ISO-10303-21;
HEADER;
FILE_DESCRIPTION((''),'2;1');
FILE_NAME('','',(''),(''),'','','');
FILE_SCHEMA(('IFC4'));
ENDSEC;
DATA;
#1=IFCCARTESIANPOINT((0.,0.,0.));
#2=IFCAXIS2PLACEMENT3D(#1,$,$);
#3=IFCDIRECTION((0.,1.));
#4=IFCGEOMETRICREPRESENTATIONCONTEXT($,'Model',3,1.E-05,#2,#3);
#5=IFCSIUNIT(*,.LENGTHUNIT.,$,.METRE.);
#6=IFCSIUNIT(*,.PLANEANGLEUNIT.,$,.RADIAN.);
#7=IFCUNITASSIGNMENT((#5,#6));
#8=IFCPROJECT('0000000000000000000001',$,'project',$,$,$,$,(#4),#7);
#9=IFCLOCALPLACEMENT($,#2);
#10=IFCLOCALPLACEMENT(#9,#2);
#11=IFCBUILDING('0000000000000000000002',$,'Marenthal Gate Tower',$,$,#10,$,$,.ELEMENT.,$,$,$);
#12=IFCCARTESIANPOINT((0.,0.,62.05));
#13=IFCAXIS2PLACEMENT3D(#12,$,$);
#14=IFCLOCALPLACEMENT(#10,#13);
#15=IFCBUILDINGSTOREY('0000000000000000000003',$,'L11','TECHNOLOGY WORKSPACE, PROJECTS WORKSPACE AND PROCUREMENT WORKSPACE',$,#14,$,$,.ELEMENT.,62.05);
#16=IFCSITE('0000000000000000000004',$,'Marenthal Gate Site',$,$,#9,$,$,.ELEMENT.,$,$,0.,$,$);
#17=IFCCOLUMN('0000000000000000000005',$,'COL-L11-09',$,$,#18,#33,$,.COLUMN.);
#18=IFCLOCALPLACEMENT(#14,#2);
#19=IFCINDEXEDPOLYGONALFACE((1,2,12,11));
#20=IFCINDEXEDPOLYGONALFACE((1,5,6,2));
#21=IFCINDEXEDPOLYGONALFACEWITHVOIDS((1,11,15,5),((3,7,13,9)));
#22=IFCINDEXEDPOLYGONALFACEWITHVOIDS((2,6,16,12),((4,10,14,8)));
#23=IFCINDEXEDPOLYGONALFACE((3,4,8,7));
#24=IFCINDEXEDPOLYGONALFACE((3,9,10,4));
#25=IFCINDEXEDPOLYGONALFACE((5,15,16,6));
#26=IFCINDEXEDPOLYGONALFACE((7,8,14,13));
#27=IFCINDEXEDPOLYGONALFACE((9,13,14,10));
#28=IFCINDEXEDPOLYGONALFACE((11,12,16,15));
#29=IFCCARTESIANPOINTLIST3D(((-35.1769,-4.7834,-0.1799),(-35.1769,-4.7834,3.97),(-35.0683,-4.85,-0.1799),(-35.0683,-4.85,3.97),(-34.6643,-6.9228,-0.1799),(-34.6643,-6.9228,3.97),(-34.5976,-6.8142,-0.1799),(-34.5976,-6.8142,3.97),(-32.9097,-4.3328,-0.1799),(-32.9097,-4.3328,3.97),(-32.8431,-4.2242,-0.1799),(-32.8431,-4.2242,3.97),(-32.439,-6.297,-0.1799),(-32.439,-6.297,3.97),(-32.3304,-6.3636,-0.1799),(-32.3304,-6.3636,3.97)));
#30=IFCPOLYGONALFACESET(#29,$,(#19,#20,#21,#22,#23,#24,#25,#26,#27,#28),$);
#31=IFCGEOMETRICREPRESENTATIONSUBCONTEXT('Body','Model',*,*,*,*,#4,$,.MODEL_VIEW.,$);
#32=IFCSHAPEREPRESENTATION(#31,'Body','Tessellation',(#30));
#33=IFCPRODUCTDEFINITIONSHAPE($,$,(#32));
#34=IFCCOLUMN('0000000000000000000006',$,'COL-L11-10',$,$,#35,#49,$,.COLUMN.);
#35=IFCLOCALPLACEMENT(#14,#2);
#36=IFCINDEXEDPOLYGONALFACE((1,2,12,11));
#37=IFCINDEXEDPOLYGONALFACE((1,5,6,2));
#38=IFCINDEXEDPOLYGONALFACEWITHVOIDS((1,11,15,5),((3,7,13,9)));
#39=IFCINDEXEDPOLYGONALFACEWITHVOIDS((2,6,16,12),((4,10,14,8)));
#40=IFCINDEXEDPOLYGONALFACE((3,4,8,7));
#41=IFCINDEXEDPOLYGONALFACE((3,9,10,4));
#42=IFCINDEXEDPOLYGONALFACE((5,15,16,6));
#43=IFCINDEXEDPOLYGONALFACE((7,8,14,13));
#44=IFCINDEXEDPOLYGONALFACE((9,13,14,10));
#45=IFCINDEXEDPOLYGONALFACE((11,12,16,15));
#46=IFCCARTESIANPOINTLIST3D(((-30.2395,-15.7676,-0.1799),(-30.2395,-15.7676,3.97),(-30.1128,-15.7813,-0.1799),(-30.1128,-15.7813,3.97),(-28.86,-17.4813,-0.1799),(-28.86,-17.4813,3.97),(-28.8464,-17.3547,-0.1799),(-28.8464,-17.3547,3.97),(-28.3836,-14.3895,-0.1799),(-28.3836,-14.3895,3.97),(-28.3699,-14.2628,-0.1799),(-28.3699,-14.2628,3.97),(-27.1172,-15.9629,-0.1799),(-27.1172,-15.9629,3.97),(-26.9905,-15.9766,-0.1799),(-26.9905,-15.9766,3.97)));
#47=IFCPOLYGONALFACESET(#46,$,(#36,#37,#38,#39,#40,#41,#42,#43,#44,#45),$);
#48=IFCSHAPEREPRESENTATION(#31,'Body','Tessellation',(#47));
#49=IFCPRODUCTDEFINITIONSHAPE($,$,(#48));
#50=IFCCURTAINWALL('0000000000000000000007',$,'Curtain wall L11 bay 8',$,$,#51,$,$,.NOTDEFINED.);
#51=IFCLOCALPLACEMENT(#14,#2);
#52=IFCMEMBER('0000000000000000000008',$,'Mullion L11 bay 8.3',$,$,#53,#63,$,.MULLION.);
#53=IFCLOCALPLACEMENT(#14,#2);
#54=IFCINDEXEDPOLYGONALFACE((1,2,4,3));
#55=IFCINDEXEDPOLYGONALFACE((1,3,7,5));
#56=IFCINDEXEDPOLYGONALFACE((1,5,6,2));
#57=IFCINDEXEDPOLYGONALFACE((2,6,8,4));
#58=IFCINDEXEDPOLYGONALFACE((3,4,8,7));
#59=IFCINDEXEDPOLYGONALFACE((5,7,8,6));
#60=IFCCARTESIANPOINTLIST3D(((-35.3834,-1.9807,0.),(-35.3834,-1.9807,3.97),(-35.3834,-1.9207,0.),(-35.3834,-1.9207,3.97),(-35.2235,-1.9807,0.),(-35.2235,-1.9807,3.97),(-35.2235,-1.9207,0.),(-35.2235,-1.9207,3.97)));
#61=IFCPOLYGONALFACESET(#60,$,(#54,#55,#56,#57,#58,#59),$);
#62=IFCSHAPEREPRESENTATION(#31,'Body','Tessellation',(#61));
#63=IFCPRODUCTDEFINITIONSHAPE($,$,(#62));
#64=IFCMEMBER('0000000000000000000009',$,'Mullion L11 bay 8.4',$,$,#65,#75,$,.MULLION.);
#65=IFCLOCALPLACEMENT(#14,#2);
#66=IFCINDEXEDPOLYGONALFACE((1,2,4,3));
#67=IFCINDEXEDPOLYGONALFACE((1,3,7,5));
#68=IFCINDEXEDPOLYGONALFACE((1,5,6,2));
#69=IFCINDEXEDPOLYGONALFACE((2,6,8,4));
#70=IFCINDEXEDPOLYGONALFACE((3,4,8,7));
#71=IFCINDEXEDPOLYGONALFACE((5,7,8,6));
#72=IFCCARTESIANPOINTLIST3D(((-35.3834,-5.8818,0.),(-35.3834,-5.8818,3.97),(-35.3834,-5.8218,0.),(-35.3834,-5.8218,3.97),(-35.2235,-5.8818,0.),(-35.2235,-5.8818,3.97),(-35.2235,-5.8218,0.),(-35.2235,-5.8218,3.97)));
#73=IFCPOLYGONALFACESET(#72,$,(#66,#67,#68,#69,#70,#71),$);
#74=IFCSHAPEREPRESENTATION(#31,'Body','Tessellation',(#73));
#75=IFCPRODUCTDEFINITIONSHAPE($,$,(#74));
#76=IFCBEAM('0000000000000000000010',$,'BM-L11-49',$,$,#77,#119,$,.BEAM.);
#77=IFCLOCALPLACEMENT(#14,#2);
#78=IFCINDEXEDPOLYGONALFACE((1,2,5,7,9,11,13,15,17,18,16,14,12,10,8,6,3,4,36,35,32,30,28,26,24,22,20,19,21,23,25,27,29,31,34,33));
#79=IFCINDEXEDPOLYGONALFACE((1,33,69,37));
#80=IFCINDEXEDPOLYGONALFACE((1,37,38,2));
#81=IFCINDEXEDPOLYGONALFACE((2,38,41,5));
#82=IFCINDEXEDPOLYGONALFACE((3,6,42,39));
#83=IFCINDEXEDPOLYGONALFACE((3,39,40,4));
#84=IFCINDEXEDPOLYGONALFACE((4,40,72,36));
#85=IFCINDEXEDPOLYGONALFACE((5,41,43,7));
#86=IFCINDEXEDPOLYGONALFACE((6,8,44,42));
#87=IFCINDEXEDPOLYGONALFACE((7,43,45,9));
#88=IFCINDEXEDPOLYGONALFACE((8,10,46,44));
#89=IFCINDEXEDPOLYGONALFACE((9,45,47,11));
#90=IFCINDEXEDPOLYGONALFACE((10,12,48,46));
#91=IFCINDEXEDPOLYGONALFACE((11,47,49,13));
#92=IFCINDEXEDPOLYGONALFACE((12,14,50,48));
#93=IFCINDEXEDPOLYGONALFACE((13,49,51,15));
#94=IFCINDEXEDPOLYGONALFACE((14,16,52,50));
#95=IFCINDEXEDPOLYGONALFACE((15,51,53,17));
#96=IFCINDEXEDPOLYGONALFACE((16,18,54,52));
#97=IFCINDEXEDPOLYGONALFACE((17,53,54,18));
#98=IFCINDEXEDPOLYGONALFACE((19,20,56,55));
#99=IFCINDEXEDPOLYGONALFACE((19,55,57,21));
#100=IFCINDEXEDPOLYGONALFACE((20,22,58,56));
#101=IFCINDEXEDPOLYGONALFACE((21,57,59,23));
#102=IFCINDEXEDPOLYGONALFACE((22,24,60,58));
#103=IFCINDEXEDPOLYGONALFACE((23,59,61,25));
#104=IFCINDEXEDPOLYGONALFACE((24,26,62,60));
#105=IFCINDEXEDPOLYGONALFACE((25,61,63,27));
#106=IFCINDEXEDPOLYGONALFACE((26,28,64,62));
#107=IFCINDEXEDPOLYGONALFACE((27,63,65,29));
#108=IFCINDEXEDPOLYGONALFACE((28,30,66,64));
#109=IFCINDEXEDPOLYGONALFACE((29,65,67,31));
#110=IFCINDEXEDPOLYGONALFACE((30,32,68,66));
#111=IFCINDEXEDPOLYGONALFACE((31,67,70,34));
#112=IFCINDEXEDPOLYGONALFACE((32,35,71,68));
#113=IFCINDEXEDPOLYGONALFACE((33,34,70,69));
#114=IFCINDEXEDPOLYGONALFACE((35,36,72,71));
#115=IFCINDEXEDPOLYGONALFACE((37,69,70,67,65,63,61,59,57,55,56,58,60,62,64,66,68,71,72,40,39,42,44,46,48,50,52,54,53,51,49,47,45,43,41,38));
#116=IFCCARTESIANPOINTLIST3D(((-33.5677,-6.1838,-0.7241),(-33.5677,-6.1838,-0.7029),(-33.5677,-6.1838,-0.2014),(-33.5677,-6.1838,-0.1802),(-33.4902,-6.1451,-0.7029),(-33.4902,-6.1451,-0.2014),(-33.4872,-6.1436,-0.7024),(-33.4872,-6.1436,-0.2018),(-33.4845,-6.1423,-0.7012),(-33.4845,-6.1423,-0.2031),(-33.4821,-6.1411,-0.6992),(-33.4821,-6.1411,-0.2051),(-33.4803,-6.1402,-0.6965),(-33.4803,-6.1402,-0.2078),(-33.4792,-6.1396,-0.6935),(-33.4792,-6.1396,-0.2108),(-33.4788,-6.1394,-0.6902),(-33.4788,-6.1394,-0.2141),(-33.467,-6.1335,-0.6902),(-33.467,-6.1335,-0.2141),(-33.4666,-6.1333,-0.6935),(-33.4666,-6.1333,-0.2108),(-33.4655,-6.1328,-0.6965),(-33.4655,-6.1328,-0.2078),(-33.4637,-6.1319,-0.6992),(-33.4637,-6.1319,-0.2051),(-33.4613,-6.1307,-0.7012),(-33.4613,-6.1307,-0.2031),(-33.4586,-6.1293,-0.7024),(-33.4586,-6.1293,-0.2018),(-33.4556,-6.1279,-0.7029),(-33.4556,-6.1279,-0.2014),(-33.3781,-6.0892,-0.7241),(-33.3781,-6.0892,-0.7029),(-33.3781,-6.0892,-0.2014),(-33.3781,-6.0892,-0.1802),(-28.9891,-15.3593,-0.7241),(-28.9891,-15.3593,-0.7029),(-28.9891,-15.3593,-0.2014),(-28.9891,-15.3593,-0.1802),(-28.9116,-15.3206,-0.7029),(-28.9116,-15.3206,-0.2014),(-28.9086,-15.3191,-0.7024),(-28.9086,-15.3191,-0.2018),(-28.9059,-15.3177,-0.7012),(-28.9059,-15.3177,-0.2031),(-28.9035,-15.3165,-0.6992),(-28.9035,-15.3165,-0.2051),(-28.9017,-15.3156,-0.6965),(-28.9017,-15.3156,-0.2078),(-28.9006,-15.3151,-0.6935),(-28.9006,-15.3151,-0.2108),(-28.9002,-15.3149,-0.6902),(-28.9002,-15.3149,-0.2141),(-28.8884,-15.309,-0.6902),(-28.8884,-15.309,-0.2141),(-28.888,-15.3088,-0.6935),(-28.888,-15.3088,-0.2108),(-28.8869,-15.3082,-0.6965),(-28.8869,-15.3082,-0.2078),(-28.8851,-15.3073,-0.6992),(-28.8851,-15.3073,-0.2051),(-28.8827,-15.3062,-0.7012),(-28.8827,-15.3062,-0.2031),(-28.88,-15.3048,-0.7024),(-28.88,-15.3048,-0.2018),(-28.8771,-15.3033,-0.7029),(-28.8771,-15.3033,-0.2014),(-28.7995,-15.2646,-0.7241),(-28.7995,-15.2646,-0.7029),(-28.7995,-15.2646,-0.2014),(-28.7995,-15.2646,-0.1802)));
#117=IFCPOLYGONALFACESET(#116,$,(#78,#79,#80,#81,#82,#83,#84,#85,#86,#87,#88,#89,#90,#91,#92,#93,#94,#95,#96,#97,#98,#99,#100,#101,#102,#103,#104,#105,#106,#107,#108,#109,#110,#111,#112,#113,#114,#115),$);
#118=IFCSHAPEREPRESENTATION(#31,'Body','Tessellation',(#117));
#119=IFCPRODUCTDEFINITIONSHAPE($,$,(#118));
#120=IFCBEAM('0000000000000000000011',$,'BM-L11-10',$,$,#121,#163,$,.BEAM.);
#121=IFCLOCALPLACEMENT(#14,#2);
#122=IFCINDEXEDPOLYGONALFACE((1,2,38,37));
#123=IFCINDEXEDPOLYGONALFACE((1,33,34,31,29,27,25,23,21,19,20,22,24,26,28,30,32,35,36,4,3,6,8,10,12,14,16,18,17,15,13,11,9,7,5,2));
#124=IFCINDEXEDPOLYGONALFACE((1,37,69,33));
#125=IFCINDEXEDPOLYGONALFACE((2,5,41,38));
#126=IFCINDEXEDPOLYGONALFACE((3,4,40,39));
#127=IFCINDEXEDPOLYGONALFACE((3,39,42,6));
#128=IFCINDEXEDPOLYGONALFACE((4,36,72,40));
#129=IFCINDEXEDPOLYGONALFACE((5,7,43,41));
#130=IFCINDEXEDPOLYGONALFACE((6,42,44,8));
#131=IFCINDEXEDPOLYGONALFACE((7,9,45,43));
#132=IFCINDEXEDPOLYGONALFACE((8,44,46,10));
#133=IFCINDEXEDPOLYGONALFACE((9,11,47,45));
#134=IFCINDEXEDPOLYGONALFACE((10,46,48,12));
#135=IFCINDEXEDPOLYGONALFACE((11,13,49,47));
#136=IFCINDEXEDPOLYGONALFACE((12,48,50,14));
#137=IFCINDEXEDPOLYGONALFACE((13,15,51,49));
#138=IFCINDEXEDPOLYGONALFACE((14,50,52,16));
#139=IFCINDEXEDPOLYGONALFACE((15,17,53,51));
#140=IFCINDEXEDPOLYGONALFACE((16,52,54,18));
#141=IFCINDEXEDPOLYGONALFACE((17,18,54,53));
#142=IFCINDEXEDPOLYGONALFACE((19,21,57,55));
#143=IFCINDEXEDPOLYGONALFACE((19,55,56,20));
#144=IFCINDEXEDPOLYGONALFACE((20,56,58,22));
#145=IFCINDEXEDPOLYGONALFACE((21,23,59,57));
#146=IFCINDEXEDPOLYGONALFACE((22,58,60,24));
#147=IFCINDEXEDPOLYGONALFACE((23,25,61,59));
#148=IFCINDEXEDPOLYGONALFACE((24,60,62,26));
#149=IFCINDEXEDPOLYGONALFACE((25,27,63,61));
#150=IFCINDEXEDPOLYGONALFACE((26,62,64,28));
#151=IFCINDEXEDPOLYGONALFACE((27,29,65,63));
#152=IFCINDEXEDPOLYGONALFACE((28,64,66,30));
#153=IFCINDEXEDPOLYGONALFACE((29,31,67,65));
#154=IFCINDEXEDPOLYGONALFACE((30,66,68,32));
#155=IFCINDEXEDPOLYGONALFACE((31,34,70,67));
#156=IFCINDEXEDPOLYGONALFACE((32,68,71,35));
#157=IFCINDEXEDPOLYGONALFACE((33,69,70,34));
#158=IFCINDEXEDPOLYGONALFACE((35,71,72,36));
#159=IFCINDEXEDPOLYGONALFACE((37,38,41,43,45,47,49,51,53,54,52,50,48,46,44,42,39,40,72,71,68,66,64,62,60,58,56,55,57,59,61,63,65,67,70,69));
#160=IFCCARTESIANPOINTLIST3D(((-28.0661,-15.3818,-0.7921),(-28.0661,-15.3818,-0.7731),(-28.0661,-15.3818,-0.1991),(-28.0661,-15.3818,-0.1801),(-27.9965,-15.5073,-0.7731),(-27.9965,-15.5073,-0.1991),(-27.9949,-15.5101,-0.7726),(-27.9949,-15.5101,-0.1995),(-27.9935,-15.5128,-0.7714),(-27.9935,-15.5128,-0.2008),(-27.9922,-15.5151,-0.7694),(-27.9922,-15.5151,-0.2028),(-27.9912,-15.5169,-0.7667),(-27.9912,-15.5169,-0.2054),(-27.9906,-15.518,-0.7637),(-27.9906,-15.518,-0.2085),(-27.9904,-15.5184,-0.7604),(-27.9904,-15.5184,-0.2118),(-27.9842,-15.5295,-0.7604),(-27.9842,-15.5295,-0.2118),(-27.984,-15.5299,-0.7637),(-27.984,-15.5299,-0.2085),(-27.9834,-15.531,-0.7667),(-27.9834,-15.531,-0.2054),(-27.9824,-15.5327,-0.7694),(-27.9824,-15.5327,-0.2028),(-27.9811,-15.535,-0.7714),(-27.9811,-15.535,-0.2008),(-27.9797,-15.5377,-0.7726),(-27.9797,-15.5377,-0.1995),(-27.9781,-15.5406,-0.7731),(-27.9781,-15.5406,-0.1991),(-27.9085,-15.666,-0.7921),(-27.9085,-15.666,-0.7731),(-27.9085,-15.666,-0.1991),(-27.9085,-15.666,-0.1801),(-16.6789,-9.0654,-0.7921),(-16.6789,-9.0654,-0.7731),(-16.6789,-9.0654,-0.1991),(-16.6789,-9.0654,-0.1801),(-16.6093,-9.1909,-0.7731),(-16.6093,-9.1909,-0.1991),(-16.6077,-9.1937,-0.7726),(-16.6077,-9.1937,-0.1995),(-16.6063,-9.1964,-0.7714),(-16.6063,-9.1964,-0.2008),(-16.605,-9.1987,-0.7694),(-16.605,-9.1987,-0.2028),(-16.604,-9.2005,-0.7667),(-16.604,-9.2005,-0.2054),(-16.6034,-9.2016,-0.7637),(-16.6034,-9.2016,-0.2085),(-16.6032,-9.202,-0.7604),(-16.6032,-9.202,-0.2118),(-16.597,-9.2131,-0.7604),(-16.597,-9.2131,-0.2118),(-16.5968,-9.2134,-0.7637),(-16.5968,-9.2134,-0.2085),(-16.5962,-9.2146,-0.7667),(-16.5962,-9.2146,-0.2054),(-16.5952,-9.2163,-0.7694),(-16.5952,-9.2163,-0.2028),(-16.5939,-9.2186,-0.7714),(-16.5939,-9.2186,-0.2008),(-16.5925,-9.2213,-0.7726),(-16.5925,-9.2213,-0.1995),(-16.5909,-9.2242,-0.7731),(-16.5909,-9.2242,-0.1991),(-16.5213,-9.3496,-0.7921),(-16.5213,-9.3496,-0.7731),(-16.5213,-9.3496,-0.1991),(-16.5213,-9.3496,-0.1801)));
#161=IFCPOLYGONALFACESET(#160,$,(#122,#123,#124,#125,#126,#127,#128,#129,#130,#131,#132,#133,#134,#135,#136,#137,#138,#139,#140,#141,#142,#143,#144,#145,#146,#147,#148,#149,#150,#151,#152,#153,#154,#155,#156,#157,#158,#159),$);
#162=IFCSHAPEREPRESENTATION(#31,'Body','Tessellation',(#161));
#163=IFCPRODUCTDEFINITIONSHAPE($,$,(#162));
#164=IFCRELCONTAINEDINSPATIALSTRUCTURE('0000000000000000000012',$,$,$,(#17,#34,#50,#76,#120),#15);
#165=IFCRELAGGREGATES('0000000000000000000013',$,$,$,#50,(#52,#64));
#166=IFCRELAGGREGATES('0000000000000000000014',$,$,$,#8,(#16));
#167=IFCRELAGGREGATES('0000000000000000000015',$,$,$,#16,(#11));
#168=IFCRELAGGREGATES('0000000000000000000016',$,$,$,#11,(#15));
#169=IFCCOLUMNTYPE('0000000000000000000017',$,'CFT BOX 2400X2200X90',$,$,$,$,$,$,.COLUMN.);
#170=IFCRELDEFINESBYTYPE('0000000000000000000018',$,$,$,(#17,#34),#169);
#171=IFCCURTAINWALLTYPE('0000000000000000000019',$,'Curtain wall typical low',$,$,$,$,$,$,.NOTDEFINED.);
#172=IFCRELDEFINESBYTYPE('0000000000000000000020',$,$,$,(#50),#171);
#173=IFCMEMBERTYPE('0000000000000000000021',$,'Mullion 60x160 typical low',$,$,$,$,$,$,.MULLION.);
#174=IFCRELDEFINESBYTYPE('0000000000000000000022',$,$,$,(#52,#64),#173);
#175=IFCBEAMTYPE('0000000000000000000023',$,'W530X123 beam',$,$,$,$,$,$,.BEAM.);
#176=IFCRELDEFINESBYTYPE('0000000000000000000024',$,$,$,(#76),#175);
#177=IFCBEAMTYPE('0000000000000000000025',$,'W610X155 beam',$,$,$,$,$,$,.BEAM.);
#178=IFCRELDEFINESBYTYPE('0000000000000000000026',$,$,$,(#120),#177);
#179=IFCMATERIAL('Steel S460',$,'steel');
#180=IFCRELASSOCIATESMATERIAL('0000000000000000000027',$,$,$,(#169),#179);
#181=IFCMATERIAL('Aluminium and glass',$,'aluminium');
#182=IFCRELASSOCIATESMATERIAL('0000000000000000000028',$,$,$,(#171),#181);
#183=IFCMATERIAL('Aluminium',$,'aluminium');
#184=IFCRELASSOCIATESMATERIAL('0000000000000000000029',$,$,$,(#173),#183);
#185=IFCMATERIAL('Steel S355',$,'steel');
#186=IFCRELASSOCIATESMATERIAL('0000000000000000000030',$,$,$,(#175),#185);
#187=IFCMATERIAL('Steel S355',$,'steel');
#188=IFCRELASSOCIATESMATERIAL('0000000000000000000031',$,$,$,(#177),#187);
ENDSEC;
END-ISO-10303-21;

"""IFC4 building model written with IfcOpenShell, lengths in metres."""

from ifc_helpers import new_model, si_unit, direction, frame, origin, origin_2d, place, context, subcontext, project, spatial, rectangle, hollow_rectangle, i_section, extrude, material, material_profile, profile_set, type_object, element, aggregate, save


model = new_model("IFC4")

# Units and contexts
model_context = context("Model", 3, precision=1e-05, world=origin(), true_north=direction((0.0, 1.0)))
body_context = subcontext(model_context, "Body", "Model", "MODEL_VIEW")
ifc_project = project(units=[si_unit("LENGTHUNIT", "METRE"), si_unit("PLANEANGLEUNIT", "RADIAN")], contexts=[model_context])

# Site, building, storey
site_placement = place(None, origin())
site = spatial("IfcSite", under=ifc_project, at=site_placement, Name="Marenthal Gate Site", CompositionType="ELEMENT", RefElevation=0.0)
building_placement = place(site_placement, origin())
building = spatial("IfcBuilding", under=site, at=building_placement, Name="Marenthal Gate Tower", CompositionType="ELEMENT")
storey_placement = place(building_placement, frame((0.0, 0.0, 62.05)))
storey = spatial("IfcBuildingStorey", under=building, at=storey_placement, Name="L11", Description="TECHNOLOGY WORKSPACE, PROJECTS WORKSPACE AND PROCUREMENT WORKSPACE", CompositionType="ELEMENT", Elevation=62.05)

# Columns
ifc_material_1 = material(Name="Steel S460", Category="steel")
ifc_material_profile_1 = material_profile(ifc_material_1, hollow_rectangle(XDim=2.2, YDim=2.3999, WallThickness=0.0901, at=origin_2d()), Name="CFT BOX 2400X2200X90")
ifc_material_2 = material(Name="Concrete 70 MPa", Category="concrete")
ifc_material_profile_2 = material_profile(ifc_material_2, rectangle(XDim=2.02, YDim=2.22, at=origin_2d()), Name="CFT BOX 2400X2200X90 INFILL")
ifc_profile_set_1 = profile_set([ifc_material_profile_1, ifc_material_profile_2], Name="Steel S460 shell, Concrete 70 MPa infill")
column_type = type_object("IfcColumnType", Name="CFT BOX 2400X2200X90", PredefinedType="COLUMN", material=ifc_profile_set_1)
for number, where, z_axis, x_axis, name in (
    (1, (-33.7537, -5.5735, -0.1799), (0.0, 0.0, 1.0), (-0.233019, 0.972472, 0.0), "COL-L11-09"),
    (2, (-28.615, -15.8721, -0.1799), (0.0, 0.0, 1.0), (-0.627023, 0.779001, 0.0), "COL-L11-10"),
):
    element("IfcColumn", number, at=place(storey_placement, frame(where, z_axis=z_axis, x_axis=x_axis)), inside=storey, type_object=column_type, Name=name, PredefinedType="COLUMN", context=body_context, shape_type="SweptSolid", body=[
        extrude(hollow_rectangle(XDim=2.2, YDim=2.3999, WallThickness=0.0901, at=origin_2d()), origin(), (0.0, 0.0, 1.0), 4.1499),
    ])

# Curtain wall, members
ifc_material_3 = material(Name="Aluminium and glass", Category="aluminium")
curtain_wall_type = type_object("IfcCurtainWallType", Name="Curtain wall typical low", PredefinedType="NOTDEFINED", material=ifc_material_3)
curtain_wall_placement = place(storey_placement, origin())
curtain_wall = element("IfcCurtainWall", 3, at=curtain_wall_placement, inside=storey, type_object=curtain_wall_type, Name="Curtain wall L11 bay 8", PredefinedType="NOTDEFINED")
ifc_material_4 = material(Name="Aluminium", Category="aluminium")
ifc_material_profile_3 = material_profile(ifc_material_4, rectangle(XDim=0.1599, YDim=0.0601, at=origin_2d()), Name="60x160 aluminium mullion")
ifc_profile_set_2 = profile_set([ifc_material_profile_3], Name="Aluminium")
member_type = type_object("IfcMemberType", Name="Mullion 60x160 typical low", PredefinedType="MULLION", material=ifc_profile_set_2)
member_1_placement = place(storey_placement, frame((-35.3035, -1.9507, 0.0), z_axis=(0.0, 0.0, 1.0), x_axis=(1.0, 0.0, 0.0)))
member_1 = element("IfcMember", 4, at=member_1_placement, type_object=member_type, Name="Mullion L11 bay 8.3", PredefinedType="MULLION", context=body_context, shape_type="SweptSolid", body=[
    extrude(rectangle(XDim=0.1599, YDim=0.0601, at=origin_2d()), origin(), (0.0, 0.0, 1.0), 3.97),
])
member_2_placement = place(storey_placement, frame((-35.3035, -5.8518, 0.0), z_axis=(0.0, 0.0, 1.0), x_axis=(1.0, 0.0, 0.0)))
member_2 = element("IfcMember", 5, at=member_2_placement, type_object=member_type, Name="Mullion L11 bay 8.4", PredefinedType="MULLION", context=body_context, shape_type="SweptSolid", body=[
    extrude(rectangle(XDim=0.1599, YDim=0.0601, at=origin_2d()), origin(), (0.0, 0.0, 1.0), 3.97),
])

# Beams
ifc_material_5 = material(Name="Steel S355", Category="steel")
ifc_material_profile_4 = material_profile(ifc_material_5, i_section(OverallWidth=0.2119, OverallDepth=0.5439, WebThickness=0.0132, FlangeThickness=0.0212, FilletRadius=0.0127, at=origin_2d()), Name="W530X123")
ifc_profile_set_3 = profile_set([ifc_material_profile_4], Name="Steel S355")
beam_type_1 = type_object("IfcBeamType", Name="W530X123 beam", PredefinedType="BEAM", material=ifc_profile_set_3)
beam_1_placement = place(storey_placement, frame((-33.4729, -6.1365, -0.4521), z_axis=(0.446499, -0.894784, 0.0), x_axis=(0.894784, 0.446499, 0.0)))
element("IfcBeam", 6, at=beam_1_placement, inside=storey, type_object=beam_type_1, Name="BM-L11-49", PredefinedType="BEAM", context=body_context, shape_type="SweptSolid", body=[
    extrude(i_section(OverallWidth=0.2119, OverallDepth=0.5439, WebThickness=0.0132, FlangeThickness=0.0212, FilletRadius=0.0127, at=origin_2d()), origin(), (0.0, 0.0, 1.0), 10.2544),
])
ifc_material_6 = material(Name="Steel S355", Category="steel")
ifc_material_profile_5 = material_profile(ifc_material_6, i_section(OverallWidth=0.325, OverallDepth=0.6121, WebThickness=0.0127, FlangeThickness=0.019, FilletRadius=0.0127, at=origin_2d()), Name="W610X155")
ifc_profile_set_4 = profile_set([ifc_material_profile_5], Name="Steel S355")
beam_type_2 = type_object("IfcBeamType", Name="W610X155 beam", PredefinedType="BEAM", material=ifc_profile_set_4)
beam_2_placement = place(storey_placement, frame((-27.9873, -15.5239, -0.4861), z_axis=(0.874477, 0.485067, 0.0), x_axis=(-0.485067, 0.874477, 0.0)))
element("IfcBeam", 7, at=beam_2_placement, inside=storey, type_object=beam_type_2, Name="BM-L11-10", PredefinedType="BEAM", context=body_context, shape_type="SweptSolid", body=[
    extrude(i_section(OverallWidth=0.325, OverallDepth=0.6121, WebThickness=0.0127, FlangeThickness=0.019, FilletRadius=0.0127, at=origin_2d()), origin(), (0.0, 0.0, 1.0), 13.0217),
])

aggregate(curtain_wall, [member_1, member_2])

save(model, "model.ifc")
